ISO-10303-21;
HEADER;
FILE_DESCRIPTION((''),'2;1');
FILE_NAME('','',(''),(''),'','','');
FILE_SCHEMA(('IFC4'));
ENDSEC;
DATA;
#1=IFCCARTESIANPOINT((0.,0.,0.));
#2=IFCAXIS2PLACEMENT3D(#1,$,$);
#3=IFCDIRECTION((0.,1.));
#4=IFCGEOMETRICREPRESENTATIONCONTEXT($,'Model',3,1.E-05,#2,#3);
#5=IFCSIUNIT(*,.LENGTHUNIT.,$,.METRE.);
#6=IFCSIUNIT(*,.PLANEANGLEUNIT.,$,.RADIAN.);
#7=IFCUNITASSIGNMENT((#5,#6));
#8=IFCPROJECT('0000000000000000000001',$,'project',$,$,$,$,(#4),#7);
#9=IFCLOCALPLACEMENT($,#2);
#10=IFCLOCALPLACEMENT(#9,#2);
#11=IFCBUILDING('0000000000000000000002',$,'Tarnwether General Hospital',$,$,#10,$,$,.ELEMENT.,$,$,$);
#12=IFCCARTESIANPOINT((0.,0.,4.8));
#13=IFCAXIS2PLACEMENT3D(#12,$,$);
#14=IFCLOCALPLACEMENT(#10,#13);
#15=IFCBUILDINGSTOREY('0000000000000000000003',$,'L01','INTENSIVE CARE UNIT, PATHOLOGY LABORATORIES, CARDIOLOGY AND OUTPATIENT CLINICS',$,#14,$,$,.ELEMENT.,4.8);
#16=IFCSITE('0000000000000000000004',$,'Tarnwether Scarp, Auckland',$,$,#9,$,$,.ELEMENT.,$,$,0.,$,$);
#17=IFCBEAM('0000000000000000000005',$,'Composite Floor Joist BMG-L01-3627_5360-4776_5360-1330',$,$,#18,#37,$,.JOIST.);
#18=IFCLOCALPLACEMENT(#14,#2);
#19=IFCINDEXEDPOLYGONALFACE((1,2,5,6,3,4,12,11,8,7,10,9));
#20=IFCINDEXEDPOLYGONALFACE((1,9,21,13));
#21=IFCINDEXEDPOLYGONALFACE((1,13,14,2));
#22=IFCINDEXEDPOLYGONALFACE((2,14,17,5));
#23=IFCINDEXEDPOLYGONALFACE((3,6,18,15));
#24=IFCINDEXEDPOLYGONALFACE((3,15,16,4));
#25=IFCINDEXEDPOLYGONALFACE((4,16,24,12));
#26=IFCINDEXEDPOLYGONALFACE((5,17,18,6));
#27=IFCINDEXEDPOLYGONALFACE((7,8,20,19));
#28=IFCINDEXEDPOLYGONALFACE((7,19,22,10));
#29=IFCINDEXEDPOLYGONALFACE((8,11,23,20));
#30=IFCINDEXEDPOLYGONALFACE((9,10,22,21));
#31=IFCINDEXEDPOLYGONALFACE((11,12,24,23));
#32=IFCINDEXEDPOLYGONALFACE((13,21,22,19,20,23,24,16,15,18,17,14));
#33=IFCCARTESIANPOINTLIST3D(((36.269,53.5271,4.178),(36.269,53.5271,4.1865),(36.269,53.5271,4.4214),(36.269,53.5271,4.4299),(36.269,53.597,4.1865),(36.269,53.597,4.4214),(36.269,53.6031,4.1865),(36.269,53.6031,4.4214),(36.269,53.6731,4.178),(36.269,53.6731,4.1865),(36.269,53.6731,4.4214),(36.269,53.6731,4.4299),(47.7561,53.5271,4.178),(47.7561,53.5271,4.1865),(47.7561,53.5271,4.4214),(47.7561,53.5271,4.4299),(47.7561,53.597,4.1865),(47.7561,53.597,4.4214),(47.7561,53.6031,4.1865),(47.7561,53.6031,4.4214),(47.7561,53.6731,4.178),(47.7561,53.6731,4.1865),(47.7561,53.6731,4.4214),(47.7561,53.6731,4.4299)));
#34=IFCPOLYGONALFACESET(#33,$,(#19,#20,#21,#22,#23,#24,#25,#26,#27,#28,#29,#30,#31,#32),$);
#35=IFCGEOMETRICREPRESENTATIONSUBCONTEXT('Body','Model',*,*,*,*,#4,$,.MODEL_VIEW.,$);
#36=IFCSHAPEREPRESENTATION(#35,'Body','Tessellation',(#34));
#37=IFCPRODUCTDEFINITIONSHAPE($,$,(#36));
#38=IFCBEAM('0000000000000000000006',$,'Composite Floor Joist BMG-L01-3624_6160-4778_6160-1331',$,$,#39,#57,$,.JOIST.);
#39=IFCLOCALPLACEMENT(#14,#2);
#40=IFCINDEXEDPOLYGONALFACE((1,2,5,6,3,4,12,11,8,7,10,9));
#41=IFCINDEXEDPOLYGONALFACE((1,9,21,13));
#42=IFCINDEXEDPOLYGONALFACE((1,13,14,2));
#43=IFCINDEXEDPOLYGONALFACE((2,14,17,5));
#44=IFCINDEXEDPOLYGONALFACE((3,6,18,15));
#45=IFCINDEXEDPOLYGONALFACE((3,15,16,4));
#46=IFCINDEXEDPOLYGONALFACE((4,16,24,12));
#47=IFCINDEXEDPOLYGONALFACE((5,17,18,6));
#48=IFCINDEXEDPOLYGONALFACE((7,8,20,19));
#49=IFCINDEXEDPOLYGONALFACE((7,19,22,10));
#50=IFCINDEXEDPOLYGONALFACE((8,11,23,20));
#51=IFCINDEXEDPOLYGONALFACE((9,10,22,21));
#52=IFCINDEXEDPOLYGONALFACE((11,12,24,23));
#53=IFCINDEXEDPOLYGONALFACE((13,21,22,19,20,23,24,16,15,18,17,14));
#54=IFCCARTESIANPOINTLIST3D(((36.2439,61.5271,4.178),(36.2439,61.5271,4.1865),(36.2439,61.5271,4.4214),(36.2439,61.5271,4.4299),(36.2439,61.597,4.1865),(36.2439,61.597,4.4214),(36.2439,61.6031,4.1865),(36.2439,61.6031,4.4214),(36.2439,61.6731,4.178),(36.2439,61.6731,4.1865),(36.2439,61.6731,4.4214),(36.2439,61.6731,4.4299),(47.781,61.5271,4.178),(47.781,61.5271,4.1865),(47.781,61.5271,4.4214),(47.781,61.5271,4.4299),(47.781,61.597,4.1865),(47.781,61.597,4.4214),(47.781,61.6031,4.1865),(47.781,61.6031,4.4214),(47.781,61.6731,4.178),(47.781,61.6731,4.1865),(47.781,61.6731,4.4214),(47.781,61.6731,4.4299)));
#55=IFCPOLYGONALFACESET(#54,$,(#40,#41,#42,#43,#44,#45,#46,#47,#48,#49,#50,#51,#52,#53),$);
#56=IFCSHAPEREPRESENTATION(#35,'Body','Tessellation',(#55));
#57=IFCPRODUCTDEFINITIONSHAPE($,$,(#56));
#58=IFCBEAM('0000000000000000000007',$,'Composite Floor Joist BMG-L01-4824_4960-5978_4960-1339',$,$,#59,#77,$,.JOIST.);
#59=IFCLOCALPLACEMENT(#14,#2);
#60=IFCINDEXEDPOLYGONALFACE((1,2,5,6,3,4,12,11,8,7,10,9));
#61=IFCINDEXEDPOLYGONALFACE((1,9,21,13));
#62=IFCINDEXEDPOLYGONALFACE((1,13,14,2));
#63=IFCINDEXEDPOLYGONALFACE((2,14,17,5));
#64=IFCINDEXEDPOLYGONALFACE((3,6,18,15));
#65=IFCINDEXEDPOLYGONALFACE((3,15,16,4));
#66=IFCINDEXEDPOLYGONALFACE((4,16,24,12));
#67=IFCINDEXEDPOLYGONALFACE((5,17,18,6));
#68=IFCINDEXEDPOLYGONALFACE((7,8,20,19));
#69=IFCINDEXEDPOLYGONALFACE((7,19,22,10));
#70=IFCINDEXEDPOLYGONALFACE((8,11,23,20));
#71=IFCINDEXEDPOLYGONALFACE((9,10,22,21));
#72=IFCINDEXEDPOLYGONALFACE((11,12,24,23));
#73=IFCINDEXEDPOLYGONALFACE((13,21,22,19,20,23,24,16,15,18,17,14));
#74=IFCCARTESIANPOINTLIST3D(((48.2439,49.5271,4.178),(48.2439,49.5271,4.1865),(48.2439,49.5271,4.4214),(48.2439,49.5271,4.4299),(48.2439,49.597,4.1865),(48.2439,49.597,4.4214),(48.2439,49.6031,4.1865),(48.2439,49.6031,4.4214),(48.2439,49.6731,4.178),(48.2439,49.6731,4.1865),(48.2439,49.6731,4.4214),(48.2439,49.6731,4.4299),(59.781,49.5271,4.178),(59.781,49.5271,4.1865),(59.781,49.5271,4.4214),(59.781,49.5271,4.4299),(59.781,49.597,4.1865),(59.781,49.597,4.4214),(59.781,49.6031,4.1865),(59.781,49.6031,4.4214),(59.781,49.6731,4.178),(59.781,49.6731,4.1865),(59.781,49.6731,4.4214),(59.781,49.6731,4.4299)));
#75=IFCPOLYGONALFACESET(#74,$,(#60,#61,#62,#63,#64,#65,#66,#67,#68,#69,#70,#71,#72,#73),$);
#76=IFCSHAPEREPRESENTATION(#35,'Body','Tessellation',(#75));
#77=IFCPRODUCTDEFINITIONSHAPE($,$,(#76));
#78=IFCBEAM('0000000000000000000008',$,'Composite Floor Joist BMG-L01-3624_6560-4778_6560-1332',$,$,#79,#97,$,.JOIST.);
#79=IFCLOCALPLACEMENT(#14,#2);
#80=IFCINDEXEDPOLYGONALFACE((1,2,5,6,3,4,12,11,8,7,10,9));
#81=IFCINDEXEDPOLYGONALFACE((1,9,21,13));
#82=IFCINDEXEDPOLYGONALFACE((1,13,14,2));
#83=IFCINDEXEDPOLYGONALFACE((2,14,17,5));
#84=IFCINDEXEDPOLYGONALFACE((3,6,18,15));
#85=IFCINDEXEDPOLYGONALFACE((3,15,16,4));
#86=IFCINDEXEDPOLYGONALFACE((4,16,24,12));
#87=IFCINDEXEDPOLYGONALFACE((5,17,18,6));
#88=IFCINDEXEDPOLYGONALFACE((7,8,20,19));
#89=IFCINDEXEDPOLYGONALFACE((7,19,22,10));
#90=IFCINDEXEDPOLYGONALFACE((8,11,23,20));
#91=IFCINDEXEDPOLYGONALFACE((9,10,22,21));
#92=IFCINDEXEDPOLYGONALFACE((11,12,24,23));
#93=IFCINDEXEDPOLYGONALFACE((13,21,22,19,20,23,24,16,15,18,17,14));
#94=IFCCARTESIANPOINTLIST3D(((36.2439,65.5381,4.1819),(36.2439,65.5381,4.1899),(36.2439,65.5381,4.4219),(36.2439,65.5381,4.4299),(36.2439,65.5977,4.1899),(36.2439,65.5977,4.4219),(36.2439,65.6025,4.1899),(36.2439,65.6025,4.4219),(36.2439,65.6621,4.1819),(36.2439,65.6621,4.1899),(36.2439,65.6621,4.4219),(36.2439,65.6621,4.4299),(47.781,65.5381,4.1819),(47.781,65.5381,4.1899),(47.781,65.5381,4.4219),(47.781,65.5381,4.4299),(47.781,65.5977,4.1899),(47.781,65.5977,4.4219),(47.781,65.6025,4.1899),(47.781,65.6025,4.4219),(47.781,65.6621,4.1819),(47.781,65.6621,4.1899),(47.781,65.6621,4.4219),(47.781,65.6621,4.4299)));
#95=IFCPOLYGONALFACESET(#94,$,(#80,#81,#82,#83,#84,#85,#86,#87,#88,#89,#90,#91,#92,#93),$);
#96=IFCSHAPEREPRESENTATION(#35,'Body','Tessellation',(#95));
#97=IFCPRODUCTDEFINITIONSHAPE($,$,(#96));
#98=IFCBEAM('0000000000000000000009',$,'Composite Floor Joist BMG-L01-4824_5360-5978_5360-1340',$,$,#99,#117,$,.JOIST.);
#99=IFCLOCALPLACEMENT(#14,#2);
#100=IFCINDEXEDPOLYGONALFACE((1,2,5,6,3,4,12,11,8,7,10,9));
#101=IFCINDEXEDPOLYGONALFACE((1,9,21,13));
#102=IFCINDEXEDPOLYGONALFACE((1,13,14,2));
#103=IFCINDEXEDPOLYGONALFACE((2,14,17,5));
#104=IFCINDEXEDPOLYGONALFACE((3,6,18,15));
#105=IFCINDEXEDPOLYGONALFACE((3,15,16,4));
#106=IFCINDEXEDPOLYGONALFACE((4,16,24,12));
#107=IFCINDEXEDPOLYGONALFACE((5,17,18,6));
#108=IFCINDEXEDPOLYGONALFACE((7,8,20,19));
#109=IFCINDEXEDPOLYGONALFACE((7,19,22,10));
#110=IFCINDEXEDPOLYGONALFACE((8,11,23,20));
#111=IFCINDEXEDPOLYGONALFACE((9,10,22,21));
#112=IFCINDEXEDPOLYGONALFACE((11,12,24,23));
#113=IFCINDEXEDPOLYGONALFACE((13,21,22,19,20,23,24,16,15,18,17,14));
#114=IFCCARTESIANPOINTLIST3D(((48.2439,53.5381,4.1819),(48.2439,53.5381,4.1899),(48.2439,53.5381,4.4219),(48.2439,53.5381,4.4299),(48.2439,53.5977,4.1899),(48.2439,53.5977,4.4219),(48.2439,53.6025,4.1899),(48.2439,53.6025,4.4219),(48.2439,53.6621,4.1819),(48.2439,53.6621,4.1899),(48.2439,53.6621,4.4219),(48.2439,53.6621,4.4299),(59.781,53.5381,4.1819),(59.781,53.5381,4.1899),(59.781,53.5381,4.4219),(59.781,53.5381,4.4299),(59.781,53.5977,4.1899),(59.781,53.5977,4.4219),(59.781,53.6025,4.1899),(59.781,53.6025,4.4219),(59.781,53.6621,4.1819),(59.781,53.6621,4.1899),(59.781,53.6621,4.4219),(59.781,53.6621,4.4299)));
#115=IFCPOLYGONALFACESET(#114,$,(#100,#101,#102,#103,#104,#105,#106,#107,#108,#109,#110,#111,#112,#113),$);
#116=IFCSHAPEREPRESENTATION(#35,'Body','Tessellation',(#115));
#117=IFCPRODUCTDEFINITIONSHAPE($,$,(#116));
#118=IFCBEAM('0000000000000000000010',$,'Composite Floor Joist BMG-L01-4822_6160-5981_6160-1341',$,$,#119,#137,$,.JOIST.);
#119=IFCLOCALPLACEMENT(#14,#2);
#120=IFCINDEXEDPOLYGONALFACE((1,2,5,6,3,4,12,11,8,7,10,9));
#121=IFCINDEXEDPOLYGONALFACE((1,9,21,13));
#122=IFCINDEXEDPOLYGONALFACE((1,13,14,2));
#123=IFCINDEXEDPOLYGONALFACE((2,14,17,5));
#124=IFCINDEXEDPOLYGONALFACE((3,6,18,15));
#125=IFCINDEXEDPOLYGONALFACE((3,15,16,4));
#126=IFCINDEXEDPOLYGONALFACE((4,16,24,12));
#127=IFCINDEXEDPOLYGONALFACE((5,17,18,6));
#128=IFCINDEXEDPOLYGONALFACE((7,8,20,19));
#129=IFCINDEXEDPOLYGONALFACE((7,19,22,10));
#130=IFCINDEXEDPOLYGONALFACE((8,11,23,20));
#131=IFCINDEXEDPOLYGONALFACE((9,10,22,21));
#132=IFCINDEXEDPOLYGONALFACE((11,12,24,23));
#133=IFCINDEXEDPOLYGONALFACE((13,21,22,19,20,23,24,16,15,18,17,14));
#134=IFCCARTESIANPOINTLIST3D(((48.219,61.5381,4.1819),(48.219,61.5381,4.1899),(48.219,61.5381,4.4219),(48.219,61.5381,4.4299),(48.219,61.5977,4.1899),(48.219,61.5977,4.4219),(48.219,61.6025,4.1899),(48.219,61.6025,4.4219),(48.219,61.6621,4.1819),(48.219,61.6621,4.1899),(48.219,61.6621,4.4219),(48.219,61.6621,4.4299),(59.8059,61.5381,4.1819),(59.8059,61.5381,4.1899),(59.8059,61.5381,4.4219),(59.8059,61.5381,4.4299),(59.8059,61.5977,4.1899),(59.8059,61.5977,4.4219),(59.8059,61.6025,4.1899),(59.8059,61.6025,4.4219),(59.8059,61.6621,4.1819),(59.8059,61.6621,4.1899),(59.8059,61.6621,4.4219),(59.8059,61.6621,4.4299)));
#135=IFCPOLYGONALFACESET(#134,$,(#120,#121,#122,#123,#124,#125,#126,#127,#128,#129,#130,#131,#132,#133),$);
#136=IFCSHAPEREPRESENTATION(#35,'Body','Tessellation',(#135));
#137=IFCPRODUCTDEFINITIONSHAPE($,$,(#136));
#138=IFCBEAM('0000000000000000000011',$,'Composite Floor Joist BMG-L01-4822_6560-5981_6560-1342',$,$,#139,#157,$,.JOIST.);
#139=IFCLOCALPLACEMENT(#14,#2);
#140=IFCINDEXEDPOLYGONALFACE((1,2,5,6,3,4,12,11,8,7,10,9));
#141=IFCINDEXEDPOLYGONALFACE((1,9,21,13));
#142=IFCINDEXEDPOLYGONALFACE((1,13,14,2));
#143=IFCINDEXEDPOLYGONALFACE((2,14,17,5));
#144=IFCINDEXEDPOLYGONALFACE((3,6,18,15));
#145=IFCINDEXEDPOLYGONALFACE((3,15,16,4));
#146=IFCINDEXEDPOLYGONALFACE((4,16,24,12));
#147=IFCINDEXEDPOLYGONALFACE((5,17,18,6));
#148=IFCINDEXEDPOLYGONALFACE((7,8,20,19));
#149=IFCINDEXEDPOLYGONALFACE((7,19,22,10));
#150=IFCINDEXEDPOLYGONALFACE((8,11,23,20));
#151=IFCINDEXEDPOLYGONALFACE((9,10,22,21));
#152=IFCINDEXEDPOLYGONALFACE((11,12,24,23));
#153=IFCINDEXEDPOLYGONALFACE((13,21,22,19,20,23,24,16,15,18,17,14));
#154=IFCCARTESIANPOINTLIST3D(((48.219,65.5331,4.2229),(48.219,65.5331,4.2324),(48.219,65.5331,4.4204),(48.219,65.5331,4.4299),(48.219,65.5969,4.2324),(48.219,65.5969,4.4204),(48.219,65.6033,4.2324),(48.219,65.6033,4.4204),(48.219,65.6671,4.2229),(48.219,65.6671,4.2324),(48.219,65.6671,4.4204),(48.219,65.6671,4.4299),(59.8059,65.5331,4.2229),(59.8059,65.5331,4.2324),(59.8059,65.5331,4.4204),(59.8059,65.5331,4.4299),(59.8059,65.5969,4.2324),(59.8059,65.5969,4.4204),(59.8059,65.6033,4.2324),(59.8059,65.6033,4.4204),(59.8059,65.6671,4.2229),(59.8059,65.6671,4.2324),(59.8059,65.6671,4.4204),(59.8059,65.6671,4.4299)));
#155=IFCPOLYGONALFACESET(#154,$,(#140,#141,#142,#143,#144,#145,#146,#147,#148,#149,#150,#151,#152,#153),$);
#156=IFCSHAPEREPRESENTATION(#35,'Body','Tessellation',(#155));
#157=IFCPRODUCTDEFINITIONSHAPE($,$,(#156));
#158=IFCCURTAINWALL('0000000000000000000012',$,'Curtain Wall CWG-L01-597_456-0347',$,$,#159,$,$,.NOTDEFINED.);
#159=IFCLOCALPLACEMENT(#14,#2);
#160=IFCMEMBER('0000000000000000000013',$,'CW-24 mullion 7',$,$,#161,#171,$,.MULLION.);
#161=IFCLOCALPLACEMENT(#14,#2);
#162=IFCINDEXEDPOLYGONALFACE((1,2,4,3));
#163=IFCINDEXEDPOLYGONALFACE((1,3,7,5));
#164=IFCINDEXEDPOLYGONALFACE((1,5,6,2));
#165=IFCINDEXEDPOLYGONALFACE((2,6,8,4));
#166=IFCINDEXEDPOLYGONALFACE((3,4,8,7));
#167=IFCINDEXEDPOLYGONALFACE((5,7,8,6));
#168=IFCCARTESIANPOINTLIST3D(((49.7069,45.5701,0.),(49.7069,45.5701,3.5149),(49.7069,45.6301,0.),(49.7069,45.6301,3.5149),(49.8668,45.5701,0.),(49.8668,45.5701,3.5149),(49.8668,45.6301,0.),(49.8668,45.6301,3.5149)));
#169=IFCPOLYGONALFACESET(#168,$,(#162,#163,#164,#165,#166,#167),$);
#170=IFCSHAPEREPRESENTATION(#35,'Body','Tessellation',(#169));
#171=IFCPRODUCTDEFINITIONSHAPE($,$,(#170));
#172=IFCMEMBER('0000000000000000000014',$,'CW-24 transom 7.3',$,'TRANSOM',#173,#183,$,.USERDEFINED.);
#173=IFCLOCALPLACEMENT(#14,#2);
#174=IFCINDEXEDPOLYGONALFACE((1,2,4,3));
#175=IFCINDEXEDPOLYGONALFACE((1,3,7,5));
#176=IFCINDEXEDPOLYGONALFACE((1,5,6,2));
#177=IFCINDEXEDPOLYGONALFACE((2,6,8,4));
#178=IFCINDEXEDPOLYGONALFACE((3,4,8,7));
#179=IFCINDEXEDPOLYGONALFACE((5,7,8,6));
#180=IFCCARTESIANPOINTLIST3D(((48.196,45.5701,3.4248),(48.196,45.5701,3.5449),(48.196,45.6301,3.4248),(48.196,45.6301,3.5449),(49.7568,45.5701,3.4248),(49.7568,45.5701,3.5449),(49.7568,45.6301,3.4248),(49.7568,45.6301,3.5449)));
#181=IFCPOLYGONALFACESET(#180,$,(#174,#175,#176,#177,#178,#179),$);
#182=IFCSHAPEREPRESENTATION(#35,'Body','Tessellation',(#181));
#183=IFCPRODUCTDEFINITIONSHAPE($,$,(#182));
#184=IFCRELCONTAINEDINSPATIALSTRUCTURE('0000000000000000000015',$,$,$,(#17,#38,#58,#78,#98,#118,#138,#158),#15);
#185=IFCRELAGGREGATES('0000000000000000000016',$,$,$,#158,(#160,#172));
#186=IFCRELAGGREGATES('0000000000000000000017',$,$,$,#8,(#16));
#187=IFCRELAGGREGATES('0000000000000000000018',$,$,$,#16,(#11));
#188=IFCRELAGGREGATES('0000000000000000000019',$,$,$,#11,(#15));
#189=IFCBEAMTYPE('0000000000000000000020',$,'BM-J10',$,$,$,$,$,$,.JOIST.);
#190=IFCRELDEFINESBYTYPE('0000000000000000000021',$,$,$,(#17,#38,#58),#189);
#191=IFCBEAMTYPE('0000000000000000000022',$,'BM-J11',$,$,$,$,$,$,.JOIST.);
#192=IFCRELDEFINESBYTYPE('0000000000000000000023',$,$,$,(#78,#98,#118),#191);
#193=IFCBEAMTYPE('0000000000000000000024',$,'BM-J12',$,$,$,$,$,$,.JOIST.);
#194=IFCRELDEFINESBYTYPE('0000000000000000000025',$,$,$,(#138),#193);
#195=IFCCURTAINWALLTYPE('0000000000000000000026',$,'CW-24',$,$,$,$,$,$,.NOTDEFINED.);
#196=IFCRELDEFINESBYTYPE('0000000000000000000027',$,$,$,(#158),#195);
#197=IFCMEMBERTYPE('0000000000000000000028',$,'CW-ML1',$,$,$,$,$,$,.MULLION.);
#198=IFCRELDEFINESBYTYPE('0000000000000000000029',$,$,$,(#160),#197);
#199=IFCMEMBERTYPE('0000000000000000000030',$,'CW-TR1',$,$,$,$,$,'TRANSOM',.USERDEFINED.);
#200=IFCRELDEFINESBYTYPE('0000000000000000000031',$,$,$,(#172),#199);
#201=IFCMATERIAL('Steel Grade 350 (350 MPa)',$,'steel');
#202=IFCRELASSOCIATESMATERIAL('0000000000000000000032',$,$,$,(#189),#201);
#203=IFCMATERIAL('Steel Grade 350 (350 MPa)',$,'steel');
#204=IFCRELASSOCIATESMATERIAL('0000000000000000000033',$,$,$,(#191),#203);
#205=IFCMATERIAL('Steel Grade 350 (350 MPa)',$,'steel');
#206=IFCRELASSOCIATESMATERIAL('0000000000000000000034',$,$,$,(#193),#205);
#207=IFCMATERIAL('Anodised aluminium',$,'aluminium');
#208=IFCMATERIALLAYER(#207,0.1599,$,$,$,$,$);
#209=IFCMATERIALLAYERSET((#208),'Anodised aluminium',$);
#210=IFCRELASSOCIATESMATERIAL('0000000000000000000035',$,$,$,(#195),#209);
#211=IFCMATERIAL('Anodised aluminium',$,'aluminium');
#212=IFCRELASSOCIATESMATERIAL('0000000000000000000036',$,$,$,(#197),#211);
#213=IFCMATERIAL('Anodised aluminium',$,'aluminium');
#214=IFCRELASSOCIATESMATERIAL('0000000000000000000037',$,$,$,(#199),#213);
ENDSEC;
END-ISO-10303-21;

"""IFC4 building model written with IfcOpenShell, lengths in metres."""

from ifc_helpers import new_model, si_unit, direction, frame, origin, origin_2d, place, context, subcontext, project, spatial, rectangle, i_section, extrude, material, layer, layer_set, material_profile, profile_set, type_object, element, aggregate, save


model = new_model("IFC4")

# Units and contexts
model_context = context("Model", 3, precision=1e-05, world=origin(), true_north=direction((0.0, 1.0)))
body_context = subcontext(model_context, "Body", "Model", "MODEL_VIEW")
ifc_project = project(units=[si_unit("LENGTHUNIT", "METRE"), si_unit("PLANEANGLEUNIT", "RADIAN")], contexts=[model_context])

# Site, building, storey
site_placement = place(None, origin())
site = spatial("IfcSite", under=ifc_project, at=site_placement, Name="Tarnwether Scarp, Auckland", CompositionType="ELEMENT", RefElevation=0.0)
building_placement = place(site_placement, origin())
building = spatial("IfcBuilding", under=site, at=building_placement, Name="Tarnwether General Hospital", CompositionType="ELEMENT")
storey_placement = place(building_placement, frame((0.0, 0.0, 4.8)))
storey = spatial("IfcBuildingStorey", under=building, at=storey_placement, Name="L01", Description="INTENSIVE CARE UNIT, PATHOLOGY LABORATORIES, CARDIOLOGY AND OUTPATIENT CLINICS", CompositionType="ELEMENT", Elevation=4.8)

# Beams
ifc_material_1 = material(Name="Steel Grade 350 (350 MPa)", Category="steel")
ifc_material_profile_1 = material_profile(ifc_material_1, i_section(OverallWidth=0.146, OverallDepth=0.252, WebThickness=0.0061, FlangeThickness=0.0085, at=origin_2d()), Name="250UB31.4")
ifc_profile_set_1 = profile_set([ifc_material_profile_1], Name="Steel Grade 350 (350 MPa)")
beam_type_1 = type_object("IfcBeamType", Name="BM-J10", PredefinedType="JOIST", material=ifc_profile_set_1)
beam_1_placement = place(storey_placement, frame((36.269, 53.6001, 4.304), z_axis=(1.0, 0.0, 0.0), x_axis=(0.0, 1.0, 0.0)))
element("IfcBeam", 1, at=beam_1_placement, inside=storey, type_object=beam_type_1, Name="Composite Floor Joist BMG-L01-3627_5360-4776_5360-1330", PredefinedType="JOIST", context=body_context, shape_type="SweptSolid", body=[
    extrude(i_section(OverallWidth=0.146, OverallDepth=0.252, WebThickness=0.0061, FlangeThickness=0.0085, at=origin_2d()), origin(), (0.0, 0.0, 1.0), 11.4871),
])
for number, where, z_axis, x_axis, name in (
    (2, (36.2439, 61.6001, 4.304), (1.0, 0.0, 0.0), (0.0, 1.0, 0.0), "Composite Floor Joist BMG-L01-3624_6160-4778_6160-1331"),
    (3, (48.2439, 49.6001, 4.304), (1.0, 0.0, 0.0), (0.0, 1.0, 0.0), "Composite Floor Joist BMG-L01-4824_4960-5978_4960-1339"),
):
    element("IfcBeam", number, at=place(storey_placement, frame(where, z_axis=z_axis, x_axis=x_axis)), inside=storey, type_object=beam_type_1, Name=name, PredefinedType="JOIST", context=body_context, shape_type="SweptSolid", body=[
        extrude(i_section(OverallWidth=0.146, OverallDepth=0.252, WebThickness=0.0061, FlangeThickness=0.0085, at=origin_2d()), origin(), (0.0, 0.0, 1.0), 11.5371),
    ])
ifc_material_2 = material(Name="Steel Grade 350 (350 MPa)", Category="steel")
ifc_material_profile_2 = material_profile(ifc_material_2, i_section(OverallWidth=0.124, OverallDepth=0.248, WebThickness=0.0049, FlangeThickness=0.0081, at=origin_2d()), Name="250UB25.7")
ifc_profile_set_2 = profile_set([ifc_material_profile_2], Name="Steel Grade 350 (350 MPa)")
beam_type_2 = type_object("IfcBeamType", Name="BM-J11", PredefinedType="JOIST", material=ifc_profile_set_2)
for number, where, z_axis, x_axis, name in (
    (4, (36.2439, 65.6001, 4.3059), (1.0, 0.0, 0.0), (0.0, 1.0, 0.0), "Composite Floor Joist BMG-L01-3624_6560-4778_6560-1332"),
    (5, (48.2439, 53.6001, 4.3059), (1.0, 0.0, 0.0), (0.0, 1.0, 0.0), "Composite Floor Joist BMG-L01-4824_5360-5978_5360-1340"),
):
    element("IfcBeam", number, at=place(storey_placement, frame(where, z_axis=z_axis, x_axis=x_axis)), inside=storey, type_object=beam_type_2, Name=name, PredefinedType="JOIST", context=body_context, shape_type="SweptSolid", body=[
        extrude(i_section(OverallWidth=0.124, OverallDepth=0.248, WebThickness=0.0049, FlangeThickness=0.0081, at=origin_2d()), origin(), (0.0, 0.0, 1.0), 11.5371),
    ])
beam_2_placement = place(storey_placement, frame((48.219, 61.6001, 4.3059), z_axis=(1.0, 0.0, 0.0), x_axis=(0.0, 1.0, 0.0)))
element("IfcBeam", 6, at=beam_2_placement, inside=storey, type_object=beam_type_2, Name="Composite Floor Joist BMG-L01-4822_6160-5981_6160-1341", PredefinedType="JOIST", context=body_context, shape_type="SweptSolid", body=[
    extrude(i_section(OverallWidth=0.124, OverallDepth=0.248, WebThickness=0.0049, FlangeThickness=0.0081, at=origin_2d()), origin(), (0.0, 0.0, 1.0), 11.5869),
])
ifc_material_3 = material(Name="Steel Grade 350 (350 MPa)", Category="steel")
ifc_material_profile_3 = material_profile(ifc_material_3, i_section(OverallWidth=0.134, OverallDepth=0.207, WebThickness=0.0063, FlangeThickness=0.0095, at=origin_2d()), Name="200UB29.8")
ifc_profile_set_3 = profile_set([ifc_material_profile_3], Name="Steel Grade 350 (350 MPa)")
beam_type_3 = type_object("IfcBeamType", Name="BM-J12", PredefinedType="JOIST", material=ifc_profile_set_3)
beam_3_placement = place(storey_placement, frame((48.219, 65.6001, 4.3264), z_axis=(1.0, 0.0, 0.0), x_axis=(0.0, 1.0, 0.0)))
element("IfcBeam", 7, at=beam_3_placement, inside=storey, type_object=beam_type_3, Name="Composite Floor Joist BMG-L01-4822_6560-5981_6560-1342", PredefinedType="JOIST", context=body_context, shape_type="SweptSolid", body=[
    extrude(i_section(OverallWidth=0.134, OverallDepth=0.207, WebThickness=0.0063, FlangeThickness=0.0095, at=origin_2d()), origin(), (0.0, 0.0, 1.0), 11.5869),
])

# Curtain wall, members
ifc_material_4 = material(Name="Anodised aluminium", Category="aluminium")
ifc_layer_1 = layer(ifc_material_4, 0.1599)
ifc_layer_set_1 = layer_set([ifc_layer_1], Name="Anodised aluminium")
curtain_wall_type = type_object("IfcCurtainWallType", Name="CW-24", PredefinedType="NOTDEFINED", material=ifc_layer_set_1)
curtain_wall_placement = place(storey_placement, origin())
curtain_wall = element("IfcCurtainWall", 8, at=curtain_wall_placement, inside=storey, type_object=curtain_wall_type, Name="Curtain Wall CWG-L01-597_456-0347", PredefinedType="NOTDEFINED")
ifc_material_5 = material(Name="Anodised aluminium", Category="aluminium")
ifc_material_profile_4 = material_profile(ifc_material_5, rectangle(XDim=0.0601, YDim=0.1599, at=origin_2d()), Name="ALU-MUL-60x160")
ifc_profile_set_4 = profile_set([ifc_material_profile_4], Name="Anodised aluminium")
member_type_1 = type_object("IfcMemberType", Name="CW-ML1", PredefinedType="MULLION", material=ifc_profile_set_4)
member_1_placement = place(storey_placement, frame((49.7869, 45.6001, 0.0), z_axis=(0.0, 0.0, 1.0), x_axis=(0.0, -1.0, 0.0)))
member_1 = element("IfcMember", 9, at=member_1_placement, type_object=member_type_1, Name="CW-24 mullion 7", PredefinedType="MULLION", context=body_context, shape_type="SweptSolid", body=[
    extrude(rectangle(XDim=0.0601, YDim=0.1599, at=origin_2d()), origin(), (0.0, 0.0, 1.0), 3.5149),
])
ifc_material_6 = material(Name="Anodised aluminium", Category="aluminium")
ifc_material_profile_5 = material_profile(ifc_material_6, rectangle(XDim=0.0601, YDim=0.1201, at=origin_2d()), Name="ALU-TRN-60x120")
ifc_profile_set_5 = profile_set([ifc_material_profile_5], Name="Anodised aluminium")
member_type_2 = type_object("IfcMemberType", Name="CW-TR1", ElementType="TRANSOM", PredefinedType="USERDEFINED", material=ifc_profile_set_5)
member_2_placement = place(storey_placement, frame((49.7568, 45.6001, 3.4849), z_axis=(-1.0, 0.0, 0.0), x_axis=(0.0, -1.0, 0.0)))
member_2 = element("IfcMember", 10, at=member_2_placement, type_object=member_type_2, Name="CW-24 transom 7.3", ObjectType="TRANSOM", PredefinedType="USERDEFINED", context=body_context, shape_type="SweptSolid", body=[
    extrude(rectangle(XDim=0.0601, YDim=0.1201, at=origin_2d()), origin(), (0.0, 0.0, 1.0), 1.5608),
])
aggregate(curtain_wall, [member_1, member_2])

save(model, "model.ifc")
